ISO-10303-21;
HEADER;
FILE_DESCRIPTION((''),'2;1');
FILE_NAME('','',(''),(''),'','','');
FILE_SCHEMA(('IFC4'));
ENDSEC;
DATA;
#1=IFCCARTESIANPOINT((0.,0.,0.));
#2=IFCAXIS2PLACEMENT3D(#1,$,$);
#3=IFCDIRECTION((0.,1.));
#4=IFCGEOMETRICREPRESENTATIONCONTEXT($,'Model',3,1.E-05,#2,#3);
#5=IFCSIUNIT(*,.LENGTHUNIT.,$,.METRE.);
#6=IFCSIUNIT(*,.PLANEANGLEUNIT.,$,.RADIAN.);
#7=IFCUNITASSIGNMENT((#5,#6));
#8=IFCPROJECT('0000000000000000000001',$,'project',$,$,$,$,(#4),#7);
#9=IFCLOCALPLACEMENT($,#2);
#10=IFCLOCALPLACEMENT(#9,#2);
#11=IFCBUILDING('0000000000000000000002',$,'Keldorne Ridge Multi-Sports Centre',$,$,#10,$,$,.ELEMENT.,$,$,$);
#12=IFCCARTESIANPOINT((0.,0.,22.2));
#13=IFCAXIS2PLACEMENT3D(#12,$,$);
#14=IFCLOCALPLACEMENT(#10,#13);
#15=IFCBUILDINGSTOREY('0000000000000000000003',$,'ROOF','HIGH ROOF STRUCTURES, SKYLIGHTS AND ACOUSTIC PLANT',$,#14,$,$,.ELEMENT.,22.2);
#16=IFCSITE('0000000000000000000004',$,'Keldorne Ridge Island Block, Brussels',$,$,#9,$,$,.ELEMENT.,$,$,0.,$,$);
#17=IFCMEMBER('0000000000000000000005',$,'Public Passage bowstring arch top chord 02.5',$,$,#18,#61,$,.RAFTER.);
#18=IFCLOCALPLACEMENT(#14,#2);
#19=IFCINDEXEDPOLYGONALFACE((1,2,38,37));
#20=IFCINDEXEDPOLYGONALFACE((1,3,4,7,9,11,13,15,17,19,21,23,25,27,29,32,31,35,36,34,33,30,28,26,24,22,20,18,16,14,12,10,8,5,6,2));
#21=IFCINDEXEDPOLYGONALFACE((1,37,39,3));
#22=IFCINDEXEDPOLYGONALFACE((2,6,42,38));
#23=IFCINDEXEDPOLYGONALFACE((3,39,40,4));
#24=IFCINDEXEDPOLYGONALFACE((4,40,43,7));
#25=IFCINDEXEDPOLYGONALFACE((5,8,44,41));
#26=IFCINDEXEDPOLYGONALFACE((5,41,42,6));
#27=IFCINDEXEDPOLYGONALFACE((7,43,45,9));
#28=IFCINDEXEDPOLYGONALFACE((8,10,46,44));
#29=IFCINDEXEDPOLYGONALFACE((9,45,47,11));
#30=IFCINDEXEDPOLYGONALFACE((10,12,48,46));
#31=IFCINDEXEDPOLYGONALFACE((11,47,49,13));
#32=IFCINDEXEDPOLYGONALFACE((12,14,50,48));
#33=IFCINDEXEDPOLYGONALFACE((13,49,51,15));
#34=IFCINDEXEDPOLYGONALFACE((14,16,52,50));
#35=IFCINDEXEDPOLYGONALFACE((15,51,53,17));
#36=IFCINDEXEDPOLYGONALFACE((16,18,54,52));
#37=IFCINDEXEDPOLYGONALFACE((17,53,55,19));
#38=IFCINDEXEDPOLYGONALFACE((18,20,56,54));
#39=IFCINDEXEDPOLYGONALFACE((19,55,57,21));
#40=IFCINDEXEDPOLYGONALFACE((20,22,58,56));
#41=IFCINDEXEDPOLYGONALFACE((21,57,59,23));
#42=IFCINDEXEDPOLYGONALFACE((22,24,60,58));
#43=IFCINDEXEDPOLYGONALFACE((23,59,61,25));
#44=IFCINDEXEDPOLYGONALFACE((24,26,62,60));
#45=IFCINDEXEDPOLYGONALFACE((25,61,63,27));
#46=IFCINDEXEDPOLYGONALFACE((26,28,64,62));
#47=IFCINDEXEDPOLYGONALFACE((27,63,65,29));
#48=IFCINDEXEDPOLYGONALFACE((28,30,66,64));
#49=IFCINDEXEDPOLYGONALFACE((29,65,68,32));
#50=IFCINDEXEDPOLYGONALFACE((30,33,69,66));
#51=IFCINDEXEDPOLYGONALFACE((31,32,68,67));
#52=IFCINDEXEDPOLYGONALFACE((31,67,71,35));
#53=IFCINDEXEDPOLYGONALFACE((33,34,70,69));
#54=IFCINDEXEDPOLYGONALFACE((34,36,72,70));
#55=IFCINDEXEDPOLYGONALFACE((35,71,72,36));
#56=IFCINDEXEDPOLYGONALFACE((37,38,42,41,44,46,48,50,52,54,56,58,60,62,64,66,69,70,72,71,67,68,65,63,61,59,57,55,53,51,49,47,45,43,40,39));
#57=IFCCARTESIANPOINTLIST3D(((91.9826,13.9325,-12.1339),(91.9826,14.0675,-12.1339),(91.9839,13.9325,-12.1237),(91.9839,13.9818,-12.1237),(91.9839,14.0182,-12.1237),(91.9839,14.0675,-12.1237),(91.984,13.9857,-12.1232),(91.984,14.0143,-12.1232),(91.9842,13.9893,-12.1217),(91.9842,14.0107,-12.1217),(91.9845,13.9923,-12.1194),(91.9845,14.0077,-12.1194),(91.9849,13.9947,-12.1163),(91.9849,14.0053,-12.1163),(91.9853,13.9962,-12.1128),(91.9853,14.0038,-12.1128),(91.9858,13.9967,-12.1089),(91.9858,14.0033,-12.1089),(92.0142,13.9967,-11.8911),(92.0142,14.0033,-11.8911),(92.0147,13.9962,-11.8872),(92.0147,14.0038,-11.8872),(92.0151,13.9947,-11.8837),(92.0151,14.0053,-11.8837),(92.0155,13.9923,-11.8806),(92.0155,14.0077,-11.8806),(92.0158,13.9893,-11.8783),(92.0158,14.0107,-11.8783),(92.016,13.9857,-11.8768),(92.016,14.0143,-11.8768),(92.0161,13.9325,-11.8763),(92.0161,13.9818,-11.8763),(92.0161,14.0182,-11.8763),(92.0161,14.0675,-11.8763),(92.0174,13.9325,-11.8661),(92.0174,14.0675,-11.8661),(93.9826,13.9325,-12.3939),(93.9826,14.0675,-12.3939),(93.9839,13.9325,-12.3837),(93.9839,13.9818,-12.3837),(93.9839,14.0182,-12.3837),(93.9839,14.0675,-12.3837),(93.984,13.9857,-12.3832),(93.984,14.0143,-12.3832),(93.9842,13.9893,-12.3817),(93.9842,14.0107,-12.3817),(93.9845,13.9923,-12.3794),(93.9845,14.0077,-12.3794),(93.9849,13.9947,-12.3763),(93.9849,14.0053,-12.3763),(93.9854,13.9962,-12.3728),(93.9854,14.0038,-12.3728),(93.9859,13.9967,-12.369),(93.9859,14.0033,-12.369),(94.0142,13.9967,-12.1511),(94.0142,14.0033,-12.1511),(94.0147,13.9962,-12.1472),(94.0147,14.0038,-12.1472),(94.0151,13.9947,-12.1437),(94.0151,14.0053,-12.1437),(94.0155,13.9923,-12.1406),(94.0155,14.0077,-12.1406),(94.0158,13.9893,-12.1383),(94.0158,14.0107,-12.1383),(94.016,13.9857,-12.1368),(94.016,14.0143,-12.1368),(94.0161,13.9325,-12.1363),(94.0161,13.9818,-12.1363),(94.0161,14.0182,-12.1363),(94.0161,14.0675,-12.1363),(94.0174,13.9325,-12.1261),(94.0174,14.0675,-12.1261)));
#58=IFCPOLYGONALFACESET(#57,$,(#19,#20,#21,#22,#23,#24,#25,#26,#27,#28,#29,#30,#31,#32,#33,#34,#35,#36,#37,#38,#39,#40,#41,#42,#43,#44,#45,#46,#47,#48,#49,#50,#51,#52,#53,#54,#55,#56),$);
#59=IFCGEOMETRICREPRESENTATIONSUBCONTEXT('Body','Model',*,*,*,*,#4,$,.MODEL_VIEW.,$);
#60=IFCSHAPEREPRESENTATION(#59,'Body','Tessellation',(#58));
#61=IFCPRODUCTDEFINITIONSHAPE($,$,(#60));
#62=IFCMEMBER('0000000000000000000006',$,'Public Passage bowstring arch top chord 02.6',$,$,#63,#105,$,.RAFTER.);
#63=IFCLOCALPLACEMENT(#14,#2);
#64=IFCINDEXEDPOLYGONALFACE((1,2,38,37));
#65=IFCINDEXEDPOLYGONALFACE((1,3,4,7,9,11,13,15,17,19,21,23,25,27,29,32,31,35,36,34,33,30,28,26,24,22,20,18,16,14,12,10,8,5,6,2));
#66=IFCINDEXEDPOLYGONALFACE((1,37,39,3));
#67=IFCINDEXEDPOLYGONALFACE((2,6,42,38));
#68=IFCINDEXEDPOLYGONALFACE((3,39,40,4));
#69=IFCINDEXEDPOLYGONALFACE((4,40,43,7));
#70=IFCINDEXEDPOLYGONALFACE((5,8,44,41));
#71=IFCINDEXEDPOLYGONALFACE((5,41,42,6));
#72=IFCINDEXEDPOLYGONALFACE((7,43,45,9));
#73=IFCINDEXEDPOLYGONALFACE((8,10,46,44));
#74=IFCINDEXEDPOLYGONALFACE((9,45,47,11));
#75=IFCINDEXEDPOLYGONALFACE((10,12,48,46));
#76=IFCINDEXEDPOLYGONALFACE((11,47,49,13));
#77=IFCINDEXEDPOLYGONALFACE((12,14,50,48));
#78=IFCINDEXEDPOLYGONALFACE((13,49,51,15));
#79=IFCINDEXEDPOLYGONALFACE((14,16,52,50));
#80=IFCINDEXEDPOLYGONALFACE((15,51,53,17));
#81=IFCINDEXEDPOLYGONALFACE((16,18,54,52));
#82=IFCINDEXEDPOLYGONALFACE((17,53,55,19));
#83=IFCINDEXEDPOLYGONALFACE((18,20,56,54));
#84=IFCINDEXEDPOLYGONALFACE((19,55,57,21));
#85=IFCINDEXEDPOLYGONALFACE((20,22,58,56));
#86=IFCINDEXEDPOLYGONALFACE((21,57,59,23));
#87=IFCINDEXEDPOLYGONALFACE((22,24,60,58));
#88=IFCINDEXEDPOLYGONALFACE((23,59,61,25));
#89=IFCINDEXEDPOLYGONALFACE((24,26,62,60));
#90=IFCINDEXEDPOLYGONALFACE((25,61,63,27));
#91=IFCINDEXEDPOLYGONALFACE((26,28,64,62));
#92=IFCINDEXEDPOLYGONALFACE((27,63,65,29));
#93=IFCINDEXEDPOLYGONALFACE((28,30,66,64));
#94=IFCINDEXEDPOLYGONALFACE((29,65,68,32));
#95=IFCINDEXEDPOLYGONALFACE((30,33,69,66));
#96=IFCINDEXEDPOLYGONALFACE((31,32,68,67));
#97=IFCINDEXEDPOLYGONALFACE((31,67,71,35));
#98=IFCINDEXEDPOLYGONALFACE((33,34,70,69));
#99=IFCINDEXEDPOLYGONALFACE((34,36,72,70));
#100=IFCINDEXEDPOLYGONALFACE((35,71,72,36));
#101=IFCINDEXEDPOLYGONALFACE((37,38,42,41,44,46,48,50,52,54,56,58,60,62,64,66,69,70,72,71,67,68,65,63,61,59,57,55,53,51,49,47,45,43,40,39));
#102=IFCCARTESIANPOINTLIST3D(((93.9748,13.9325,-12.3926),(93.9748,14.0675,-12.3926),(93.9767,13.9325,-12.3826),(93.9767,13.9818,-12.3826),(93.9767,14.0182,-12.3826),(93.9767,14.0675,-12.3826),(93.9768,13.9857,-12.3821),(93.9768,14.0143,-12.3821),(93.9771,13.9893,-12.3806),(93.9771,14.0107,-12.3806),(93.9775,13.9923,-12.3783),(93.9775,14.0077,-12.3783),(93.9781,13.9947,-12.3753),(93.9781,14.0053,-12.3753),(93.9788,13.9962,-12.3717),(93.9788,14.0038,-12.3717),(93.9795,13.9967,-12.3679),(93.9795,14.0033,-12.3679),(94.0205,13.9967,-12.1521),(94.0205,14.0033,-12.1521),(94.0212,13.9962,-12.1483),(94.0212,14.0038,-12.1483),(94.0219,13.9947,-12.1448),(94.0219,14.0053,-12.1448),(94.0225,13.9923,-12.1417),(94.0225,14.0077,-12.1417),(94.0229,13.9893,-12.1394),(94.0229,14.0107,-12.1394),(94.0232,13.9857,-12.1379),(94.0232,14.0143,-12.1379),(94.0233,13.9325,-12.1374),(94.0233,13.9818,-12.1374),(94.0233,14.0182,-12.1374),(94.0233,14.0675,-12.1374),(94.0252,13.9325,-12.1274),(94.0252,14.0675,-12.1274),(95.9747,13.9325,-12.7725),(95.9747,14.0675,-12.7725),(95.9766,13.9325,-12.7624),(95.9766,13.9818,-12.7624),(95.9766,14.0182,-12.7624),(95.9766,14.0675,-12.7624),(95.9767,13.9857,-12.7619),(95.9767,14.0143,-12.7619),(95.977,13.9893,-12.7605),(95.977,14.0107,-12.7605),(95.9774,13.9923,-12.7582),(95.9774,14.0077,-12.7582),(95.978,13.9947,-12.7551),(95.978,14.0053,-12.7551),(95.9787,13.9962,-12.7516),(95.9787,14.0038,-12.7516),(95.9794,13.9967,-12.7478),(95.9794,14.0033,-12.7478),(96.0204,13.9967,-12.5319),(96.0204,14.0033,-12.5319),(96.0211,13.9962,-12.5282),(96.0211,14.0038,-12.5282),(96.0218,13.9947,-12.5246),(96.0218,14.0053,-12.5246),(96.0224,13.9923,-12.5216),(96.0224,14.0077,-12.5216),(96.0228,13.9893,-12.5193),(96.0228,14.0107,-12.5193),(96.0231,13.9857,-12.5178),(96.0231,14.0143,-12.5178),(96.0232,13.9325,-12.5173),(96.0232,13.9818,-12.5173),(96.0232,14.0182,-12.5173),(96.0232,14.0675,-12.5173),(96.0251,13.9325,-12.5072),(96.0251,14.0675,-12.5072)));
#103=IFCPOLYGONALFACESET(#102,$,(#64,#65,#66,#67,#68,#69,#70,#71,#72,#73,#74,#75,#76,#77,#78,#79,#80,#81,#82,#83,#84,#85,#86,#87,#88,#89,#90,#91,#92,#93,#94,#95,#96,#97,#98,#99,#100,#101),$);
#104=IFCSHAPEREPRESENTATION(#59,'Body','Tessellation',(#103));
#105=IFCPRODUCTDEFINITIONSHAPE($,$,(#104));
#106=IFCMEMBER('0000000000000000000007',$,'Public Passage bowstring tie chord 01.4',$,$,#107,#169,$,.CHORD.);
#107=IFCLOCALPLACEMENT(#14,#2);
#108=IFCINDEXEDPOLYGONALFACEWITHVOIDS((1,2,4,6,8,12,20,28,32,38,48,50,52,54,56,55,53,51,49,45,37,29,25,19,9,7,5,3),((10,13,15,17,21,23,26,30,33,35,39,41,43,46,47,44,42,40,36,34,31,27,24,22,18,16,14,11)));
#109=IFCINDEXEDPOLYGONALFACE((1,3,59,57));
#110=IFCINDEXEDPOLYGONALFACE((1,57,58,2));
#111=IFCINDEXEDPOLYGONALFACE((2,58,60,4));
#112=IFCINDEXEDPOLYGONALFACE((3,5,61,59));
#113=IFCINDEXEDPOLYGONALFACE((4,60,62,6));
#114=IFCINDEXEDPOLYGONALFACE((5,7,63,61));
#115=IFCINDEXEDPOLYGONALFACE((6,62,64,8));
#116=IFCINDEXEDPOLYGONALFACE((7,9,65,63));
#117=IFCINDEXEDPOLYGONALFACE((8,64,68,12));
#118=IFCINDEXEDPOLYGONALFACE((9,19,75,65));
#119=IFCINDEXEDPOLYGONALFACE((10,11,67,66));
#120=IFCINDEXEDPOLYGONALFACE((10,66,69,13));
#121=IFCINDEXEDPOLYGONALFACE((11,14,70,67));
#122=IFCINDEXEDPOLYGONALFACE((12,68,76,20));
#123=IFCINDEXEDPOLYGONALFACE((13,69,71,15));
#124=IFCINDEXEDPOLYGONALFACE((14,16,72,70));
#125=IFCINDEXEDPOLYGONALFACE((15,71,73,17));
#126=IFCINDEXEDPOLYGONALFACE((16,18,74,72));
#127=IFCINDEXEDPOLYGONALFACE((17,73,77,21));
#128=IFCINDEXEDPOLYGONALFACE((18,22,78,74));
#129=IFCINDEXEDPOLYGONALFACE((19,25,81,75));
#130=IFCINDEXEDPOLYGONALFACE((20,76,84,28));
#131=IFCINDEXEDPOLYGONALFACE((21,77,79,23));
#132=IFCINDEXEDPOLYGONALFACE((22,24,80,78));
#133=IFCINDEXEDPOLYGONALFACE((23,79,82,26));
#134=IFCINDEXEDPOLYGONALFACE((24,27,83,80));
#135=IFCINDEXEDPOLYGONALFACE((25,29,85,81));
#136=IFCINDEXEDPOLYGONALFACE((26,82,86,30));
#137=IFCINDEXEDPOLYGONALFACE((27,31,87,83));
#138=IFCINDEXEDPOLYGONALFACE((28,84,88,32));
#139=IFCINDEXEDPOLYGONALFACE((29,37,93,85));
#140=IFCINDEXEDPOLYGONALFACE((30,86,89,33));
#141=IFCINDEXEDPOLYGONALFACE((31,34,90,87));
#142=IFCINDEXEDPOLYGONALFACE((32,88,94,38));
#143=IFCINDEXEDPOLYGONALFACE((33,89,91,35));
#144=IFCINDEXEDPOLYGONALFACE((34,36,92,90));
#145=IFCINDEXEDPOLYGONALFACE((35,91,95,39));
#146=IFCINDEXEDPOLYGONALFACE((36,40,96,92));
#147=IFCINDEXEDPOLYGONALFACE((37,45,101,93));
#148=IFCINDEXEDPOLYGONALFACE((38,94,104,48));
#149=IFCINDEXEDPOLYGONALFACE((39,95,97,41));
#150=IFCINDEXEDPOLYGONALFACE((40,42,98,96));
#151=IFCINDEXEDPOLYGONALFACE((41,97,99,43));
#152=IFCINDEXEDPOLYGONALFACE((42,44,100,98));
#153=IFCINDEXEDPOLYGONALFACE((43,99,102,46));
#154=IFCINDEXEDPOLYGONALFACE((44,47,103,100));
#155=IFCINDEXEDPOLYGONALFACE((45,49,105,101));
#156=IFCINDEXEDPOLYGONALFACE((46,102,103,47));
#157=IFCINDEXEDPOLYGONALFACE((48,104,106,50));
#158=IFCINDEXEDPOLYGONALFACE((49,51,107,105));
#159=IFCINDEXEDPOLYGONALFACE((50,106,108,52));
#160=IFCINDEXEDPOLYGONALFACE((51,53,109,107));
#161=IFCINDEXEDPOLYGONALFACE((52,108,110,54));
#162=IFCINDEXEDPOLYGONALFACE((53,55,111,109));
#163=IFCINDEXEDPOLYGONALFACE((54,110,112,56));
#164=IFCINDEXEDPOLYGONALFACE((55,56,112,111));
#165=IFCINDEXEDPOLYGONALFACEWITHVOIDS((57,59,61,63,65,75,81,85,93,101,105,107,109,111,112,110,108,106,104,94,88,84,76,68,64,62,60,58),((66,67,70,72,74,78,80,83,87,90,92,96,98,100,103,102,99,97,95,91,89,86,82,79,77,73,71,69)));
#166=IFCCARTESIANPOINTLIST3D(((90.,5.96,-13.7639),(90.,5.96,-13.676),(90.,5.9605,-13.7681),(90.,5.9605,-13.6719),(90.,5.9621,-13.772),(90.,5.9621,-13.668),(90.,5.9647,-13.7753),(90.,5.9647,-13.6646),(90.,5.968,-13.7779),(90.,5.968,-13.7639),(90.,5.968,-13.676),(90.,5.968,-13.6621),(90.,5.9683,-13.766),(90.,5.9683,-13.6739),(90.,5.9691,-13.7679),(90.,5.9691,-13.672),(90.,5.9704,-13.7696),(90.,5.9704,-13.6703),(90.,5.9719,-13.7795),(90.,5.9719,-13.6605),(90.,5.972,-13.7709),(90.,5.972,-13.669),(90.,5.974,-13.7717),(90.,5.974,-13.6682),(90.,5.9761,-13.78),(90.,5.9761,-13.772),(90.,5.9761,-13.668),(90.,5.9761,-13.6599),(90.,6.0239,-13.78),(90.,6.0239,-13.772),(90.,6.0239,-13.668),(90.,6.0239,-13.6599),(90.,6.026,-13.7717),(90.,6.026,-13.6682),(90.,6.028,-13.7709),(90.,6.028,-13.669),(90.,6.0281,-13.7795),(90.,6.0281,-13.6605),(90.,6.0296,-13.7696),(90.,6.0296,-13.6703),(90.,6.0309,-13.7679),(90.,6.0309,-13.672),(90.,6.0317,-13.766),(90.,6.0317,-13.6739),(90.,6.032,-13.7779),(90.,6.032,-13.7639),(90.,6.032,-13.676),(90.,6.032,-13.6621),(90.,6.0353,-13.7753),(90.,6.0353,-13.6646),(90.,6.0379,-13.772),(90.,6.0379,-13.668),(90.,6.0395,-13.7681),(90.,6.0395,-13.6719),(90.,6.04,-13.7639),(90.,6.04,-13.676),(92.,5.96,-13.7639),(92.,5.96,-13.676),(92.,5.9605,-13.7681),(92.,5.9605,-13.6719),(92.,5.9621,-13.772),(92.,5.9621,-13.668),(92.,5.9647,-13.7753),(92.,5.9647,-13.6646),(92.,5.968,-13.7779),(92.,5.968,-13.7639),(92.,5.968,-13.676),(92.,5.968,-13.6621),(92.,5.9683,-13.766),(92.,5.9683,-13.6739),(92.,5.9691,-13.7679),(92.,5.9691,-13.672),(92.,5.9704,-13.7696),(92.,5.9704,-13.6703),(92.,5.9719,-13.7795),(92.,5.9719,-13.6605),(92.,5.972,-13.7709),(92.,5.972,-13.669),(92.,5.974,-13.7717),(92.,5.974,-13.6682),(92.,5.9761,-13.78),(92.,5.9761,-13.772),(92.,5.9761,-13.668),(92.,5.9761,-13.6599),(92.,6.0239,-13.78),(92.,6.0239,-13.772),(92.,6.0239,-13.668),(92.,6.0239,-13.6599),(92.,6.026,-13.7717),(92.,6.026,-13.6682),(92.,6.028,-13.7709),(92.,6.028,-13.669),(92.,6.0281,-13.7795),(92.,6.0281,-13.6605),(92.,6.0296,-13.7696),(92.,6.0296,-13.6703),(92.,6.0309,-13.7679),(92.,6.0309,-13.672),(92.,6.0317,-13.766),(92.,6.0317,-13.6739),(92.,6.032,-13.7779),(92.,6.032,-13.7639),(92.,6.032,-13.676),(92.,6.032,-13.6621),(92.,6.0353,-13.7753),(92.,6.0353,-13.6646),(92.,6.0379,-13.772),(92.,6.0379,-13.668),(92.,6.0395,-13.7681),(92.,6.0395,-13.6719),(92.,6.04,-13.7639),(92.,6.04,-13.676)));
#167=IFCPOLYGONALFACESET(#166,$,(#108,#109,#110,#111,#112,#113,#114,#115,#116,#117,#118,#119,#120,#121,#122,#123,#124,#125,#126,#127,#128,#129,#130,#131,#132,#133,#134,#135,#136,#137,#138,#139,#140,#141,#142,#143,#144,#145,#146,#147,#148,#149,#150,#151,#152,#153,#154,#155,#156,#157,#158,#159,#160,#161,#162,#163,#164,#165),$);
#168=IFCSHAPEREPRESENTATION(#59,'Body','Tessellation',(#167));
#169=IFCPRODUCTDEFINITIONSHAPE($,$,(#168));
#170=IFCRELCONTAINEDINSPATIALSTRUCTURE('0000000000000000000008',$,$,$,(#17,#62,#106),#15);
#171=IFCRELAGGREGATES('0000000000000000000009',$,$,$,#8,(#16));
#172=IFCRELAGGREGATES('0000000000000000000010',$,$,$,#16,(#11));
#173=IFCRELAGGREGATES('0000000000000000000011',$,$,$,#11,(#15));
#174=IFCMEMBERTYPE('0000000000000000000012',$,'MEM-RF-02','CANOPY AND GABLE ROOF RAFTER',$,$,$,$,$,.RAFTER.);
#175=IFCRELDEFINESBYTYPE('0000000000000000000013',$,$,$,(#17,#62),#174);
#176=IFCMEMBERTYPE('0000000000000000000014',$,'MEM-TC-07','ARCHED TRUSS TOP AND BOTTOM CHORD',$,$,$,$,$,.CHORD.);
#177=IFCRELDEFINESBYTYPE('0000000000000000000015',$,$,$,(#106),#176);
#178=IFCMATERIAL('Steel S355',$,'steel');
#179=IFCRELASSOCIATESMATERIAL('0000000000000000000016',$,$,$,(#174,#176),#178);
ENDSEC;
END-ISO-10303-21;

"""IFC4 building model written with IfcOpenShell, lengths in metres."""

from ifc_helpers import new_model, si_unit, direction, frame, origin, origin_2d, place, context, subcontext, project, spatial, hollow_rectangle, i_section, extrude, material, material_profile, profile_set, type_object, element, save


model = new_model("IFC4")

# Units and contexts
model_context = context("Model", 3, precision=1e-05, world=origin(), true_north=direction((0.0, 1.0)))
body_context = subcontext(model_context, "Body", "Model", "MODEL_VIEW")
ifc_project = project(units=[si_unit("LENGTHUNIT", "METRE"), si_unit("PLANEANGLEUNIT", "RADIAN")], contexts=[model_context])

# Site, building, storey
site_placement = place(None, origin())
site = spatial("IfcSite", under=ifc_project, at=site_placement, Name="Keldorne Ridge Island Block, Brussels", CompositionType="ELEMENT", RefElevation=0.0)
building_placement = place(site_placement, origin())
building = spatial("IfcBuilding", under=site, at=building_placement, Name="Keldorne Ridge Multi-Sports Centre", CompositionType="ELEMENT")
storey_placement = place(building_placement, frame((0.0, 0.0, 22.2)))
storey = spatial("IfcBuildingStorey", under=building, at=storey_placement, Name="ROOF", Description="HIGH ROOF STRUCTURES, SKYLIGHTS AND ACOUSTIC PLANT", CompositionType="ELEMENT", Elevation=22.2)

# Members
ifc_material = material(Name="Steel S355", Category="steel")
ifc_material_profile_1 = material_profile(ifc_material, i_section(OverallWidth=0.135, OverallDepth=0.27, WebThickness=0.0066, FlangeThickness=0.0103, FilletRadius=0.0149, at=origin_2d()), Name="IPE 270")
ifc_profile_set_1 = profile_set([ifc_material_profile_1], Name="Steel S355")
member_type_1 = type_object("IfcMemberType", Name="MEM-RF-02", Description="CANOPY AND GABLE ROOF RAFTER", PredefinedType="RAFTER", material=ifc_profile_set_1)
member_1_placement = place(storey_placement, frame((92.0, 14.0, -12.0), z_axis=(0.991655, 0.0, -0.12892), x_axis=(0.0, 1.0, 0.0)))
element("IfcMember", 1, at=member_1_placement, inside=storey, type_object=member_type_1, Name="Public Passage bowstring arch top chord 02.5", PredefinedType="RAFTER", context=body_context, shape_type="SweptSolid", body=[
    extrude(i_section(OverallWidth=0.135, OverallDepth=0.27, WebThickness=0.0066, FlangeThickness=0.0103, FilletRadius=0.0149, at=origin_2d()), origin(), (0.0, 0.0, 1.0), 2.0168),
])
member_2_placement = place(storey_placement, frame((94.0, 14.0, -12.26), z_axis=(0.982435, 0.0, -0.186605), x_axis=(0.0, 1.0, 0.0)))
element("IfcMember", 2, at=member_2_placement, inside=storey, type_object=member_type_1, Name="Public Passage bowstring arch top chord 02.6", PredefinedType="RAFTER", context=body_context, shape_type="SweptSolid", body=[
    extrude(i_section(OverallWidth=0.135, OverallDepth=0.27, WebThickness=0.0066, FlangeThickness=0.0103, FilletRadius=0.0149, at=origin_2d()), origin(), (0.0, 0.0, 1.0), 2.0356),
])
ifc_material_profile_2 = material_profile(ifc_material, hollow_rectangle(XDim=0.0801, YDim=0.1201, WallThickness=0.0081, InnerFilletRadius=0.0081, OuterFilletRadius=0.0161, at=origin_2d()), Name="RHS 120x80x8")
ifc_profile_set_2 = profile_set([ifc_material_profile_2], Name="Steel S355")
member_type_2 = type_object("IfcMemberType", Name="MEM-TC-07", Description="ARCHED TRUSS TOP AND BOTTOM CHORD", PredefinedType="CHORD", material=ifc_profile_set_2)
for number, where, z_axis, x_axis, name in (
    (3, (90.0, 6.0, -13.72), (1.0, 0.0, 0.0), (0.0, 1.0, 0.0), "Public Passage bowstring tie chord 01.4"),
):
    element("IfcMember", number, at=place(storey_placement, frame(where, z_axis=z_axis, x_axis=x_axis)), inside=storey, type_object=member_type_2, Name=name, PredefinedType="CHORD", context=body_context, shape_type="SweptSolid", body=[
        extrude(hollow_rectangle(XDim=0.0801, YDim=0.1201, WallThickness=0.0081, InnerFilletRadius=0.0081, OuterFilletRadius=0.0161, at=origin_2d()), origin(), (0.0, 0.0, 1.0), 2.0),
    ])

save(model, "model.ifc")
